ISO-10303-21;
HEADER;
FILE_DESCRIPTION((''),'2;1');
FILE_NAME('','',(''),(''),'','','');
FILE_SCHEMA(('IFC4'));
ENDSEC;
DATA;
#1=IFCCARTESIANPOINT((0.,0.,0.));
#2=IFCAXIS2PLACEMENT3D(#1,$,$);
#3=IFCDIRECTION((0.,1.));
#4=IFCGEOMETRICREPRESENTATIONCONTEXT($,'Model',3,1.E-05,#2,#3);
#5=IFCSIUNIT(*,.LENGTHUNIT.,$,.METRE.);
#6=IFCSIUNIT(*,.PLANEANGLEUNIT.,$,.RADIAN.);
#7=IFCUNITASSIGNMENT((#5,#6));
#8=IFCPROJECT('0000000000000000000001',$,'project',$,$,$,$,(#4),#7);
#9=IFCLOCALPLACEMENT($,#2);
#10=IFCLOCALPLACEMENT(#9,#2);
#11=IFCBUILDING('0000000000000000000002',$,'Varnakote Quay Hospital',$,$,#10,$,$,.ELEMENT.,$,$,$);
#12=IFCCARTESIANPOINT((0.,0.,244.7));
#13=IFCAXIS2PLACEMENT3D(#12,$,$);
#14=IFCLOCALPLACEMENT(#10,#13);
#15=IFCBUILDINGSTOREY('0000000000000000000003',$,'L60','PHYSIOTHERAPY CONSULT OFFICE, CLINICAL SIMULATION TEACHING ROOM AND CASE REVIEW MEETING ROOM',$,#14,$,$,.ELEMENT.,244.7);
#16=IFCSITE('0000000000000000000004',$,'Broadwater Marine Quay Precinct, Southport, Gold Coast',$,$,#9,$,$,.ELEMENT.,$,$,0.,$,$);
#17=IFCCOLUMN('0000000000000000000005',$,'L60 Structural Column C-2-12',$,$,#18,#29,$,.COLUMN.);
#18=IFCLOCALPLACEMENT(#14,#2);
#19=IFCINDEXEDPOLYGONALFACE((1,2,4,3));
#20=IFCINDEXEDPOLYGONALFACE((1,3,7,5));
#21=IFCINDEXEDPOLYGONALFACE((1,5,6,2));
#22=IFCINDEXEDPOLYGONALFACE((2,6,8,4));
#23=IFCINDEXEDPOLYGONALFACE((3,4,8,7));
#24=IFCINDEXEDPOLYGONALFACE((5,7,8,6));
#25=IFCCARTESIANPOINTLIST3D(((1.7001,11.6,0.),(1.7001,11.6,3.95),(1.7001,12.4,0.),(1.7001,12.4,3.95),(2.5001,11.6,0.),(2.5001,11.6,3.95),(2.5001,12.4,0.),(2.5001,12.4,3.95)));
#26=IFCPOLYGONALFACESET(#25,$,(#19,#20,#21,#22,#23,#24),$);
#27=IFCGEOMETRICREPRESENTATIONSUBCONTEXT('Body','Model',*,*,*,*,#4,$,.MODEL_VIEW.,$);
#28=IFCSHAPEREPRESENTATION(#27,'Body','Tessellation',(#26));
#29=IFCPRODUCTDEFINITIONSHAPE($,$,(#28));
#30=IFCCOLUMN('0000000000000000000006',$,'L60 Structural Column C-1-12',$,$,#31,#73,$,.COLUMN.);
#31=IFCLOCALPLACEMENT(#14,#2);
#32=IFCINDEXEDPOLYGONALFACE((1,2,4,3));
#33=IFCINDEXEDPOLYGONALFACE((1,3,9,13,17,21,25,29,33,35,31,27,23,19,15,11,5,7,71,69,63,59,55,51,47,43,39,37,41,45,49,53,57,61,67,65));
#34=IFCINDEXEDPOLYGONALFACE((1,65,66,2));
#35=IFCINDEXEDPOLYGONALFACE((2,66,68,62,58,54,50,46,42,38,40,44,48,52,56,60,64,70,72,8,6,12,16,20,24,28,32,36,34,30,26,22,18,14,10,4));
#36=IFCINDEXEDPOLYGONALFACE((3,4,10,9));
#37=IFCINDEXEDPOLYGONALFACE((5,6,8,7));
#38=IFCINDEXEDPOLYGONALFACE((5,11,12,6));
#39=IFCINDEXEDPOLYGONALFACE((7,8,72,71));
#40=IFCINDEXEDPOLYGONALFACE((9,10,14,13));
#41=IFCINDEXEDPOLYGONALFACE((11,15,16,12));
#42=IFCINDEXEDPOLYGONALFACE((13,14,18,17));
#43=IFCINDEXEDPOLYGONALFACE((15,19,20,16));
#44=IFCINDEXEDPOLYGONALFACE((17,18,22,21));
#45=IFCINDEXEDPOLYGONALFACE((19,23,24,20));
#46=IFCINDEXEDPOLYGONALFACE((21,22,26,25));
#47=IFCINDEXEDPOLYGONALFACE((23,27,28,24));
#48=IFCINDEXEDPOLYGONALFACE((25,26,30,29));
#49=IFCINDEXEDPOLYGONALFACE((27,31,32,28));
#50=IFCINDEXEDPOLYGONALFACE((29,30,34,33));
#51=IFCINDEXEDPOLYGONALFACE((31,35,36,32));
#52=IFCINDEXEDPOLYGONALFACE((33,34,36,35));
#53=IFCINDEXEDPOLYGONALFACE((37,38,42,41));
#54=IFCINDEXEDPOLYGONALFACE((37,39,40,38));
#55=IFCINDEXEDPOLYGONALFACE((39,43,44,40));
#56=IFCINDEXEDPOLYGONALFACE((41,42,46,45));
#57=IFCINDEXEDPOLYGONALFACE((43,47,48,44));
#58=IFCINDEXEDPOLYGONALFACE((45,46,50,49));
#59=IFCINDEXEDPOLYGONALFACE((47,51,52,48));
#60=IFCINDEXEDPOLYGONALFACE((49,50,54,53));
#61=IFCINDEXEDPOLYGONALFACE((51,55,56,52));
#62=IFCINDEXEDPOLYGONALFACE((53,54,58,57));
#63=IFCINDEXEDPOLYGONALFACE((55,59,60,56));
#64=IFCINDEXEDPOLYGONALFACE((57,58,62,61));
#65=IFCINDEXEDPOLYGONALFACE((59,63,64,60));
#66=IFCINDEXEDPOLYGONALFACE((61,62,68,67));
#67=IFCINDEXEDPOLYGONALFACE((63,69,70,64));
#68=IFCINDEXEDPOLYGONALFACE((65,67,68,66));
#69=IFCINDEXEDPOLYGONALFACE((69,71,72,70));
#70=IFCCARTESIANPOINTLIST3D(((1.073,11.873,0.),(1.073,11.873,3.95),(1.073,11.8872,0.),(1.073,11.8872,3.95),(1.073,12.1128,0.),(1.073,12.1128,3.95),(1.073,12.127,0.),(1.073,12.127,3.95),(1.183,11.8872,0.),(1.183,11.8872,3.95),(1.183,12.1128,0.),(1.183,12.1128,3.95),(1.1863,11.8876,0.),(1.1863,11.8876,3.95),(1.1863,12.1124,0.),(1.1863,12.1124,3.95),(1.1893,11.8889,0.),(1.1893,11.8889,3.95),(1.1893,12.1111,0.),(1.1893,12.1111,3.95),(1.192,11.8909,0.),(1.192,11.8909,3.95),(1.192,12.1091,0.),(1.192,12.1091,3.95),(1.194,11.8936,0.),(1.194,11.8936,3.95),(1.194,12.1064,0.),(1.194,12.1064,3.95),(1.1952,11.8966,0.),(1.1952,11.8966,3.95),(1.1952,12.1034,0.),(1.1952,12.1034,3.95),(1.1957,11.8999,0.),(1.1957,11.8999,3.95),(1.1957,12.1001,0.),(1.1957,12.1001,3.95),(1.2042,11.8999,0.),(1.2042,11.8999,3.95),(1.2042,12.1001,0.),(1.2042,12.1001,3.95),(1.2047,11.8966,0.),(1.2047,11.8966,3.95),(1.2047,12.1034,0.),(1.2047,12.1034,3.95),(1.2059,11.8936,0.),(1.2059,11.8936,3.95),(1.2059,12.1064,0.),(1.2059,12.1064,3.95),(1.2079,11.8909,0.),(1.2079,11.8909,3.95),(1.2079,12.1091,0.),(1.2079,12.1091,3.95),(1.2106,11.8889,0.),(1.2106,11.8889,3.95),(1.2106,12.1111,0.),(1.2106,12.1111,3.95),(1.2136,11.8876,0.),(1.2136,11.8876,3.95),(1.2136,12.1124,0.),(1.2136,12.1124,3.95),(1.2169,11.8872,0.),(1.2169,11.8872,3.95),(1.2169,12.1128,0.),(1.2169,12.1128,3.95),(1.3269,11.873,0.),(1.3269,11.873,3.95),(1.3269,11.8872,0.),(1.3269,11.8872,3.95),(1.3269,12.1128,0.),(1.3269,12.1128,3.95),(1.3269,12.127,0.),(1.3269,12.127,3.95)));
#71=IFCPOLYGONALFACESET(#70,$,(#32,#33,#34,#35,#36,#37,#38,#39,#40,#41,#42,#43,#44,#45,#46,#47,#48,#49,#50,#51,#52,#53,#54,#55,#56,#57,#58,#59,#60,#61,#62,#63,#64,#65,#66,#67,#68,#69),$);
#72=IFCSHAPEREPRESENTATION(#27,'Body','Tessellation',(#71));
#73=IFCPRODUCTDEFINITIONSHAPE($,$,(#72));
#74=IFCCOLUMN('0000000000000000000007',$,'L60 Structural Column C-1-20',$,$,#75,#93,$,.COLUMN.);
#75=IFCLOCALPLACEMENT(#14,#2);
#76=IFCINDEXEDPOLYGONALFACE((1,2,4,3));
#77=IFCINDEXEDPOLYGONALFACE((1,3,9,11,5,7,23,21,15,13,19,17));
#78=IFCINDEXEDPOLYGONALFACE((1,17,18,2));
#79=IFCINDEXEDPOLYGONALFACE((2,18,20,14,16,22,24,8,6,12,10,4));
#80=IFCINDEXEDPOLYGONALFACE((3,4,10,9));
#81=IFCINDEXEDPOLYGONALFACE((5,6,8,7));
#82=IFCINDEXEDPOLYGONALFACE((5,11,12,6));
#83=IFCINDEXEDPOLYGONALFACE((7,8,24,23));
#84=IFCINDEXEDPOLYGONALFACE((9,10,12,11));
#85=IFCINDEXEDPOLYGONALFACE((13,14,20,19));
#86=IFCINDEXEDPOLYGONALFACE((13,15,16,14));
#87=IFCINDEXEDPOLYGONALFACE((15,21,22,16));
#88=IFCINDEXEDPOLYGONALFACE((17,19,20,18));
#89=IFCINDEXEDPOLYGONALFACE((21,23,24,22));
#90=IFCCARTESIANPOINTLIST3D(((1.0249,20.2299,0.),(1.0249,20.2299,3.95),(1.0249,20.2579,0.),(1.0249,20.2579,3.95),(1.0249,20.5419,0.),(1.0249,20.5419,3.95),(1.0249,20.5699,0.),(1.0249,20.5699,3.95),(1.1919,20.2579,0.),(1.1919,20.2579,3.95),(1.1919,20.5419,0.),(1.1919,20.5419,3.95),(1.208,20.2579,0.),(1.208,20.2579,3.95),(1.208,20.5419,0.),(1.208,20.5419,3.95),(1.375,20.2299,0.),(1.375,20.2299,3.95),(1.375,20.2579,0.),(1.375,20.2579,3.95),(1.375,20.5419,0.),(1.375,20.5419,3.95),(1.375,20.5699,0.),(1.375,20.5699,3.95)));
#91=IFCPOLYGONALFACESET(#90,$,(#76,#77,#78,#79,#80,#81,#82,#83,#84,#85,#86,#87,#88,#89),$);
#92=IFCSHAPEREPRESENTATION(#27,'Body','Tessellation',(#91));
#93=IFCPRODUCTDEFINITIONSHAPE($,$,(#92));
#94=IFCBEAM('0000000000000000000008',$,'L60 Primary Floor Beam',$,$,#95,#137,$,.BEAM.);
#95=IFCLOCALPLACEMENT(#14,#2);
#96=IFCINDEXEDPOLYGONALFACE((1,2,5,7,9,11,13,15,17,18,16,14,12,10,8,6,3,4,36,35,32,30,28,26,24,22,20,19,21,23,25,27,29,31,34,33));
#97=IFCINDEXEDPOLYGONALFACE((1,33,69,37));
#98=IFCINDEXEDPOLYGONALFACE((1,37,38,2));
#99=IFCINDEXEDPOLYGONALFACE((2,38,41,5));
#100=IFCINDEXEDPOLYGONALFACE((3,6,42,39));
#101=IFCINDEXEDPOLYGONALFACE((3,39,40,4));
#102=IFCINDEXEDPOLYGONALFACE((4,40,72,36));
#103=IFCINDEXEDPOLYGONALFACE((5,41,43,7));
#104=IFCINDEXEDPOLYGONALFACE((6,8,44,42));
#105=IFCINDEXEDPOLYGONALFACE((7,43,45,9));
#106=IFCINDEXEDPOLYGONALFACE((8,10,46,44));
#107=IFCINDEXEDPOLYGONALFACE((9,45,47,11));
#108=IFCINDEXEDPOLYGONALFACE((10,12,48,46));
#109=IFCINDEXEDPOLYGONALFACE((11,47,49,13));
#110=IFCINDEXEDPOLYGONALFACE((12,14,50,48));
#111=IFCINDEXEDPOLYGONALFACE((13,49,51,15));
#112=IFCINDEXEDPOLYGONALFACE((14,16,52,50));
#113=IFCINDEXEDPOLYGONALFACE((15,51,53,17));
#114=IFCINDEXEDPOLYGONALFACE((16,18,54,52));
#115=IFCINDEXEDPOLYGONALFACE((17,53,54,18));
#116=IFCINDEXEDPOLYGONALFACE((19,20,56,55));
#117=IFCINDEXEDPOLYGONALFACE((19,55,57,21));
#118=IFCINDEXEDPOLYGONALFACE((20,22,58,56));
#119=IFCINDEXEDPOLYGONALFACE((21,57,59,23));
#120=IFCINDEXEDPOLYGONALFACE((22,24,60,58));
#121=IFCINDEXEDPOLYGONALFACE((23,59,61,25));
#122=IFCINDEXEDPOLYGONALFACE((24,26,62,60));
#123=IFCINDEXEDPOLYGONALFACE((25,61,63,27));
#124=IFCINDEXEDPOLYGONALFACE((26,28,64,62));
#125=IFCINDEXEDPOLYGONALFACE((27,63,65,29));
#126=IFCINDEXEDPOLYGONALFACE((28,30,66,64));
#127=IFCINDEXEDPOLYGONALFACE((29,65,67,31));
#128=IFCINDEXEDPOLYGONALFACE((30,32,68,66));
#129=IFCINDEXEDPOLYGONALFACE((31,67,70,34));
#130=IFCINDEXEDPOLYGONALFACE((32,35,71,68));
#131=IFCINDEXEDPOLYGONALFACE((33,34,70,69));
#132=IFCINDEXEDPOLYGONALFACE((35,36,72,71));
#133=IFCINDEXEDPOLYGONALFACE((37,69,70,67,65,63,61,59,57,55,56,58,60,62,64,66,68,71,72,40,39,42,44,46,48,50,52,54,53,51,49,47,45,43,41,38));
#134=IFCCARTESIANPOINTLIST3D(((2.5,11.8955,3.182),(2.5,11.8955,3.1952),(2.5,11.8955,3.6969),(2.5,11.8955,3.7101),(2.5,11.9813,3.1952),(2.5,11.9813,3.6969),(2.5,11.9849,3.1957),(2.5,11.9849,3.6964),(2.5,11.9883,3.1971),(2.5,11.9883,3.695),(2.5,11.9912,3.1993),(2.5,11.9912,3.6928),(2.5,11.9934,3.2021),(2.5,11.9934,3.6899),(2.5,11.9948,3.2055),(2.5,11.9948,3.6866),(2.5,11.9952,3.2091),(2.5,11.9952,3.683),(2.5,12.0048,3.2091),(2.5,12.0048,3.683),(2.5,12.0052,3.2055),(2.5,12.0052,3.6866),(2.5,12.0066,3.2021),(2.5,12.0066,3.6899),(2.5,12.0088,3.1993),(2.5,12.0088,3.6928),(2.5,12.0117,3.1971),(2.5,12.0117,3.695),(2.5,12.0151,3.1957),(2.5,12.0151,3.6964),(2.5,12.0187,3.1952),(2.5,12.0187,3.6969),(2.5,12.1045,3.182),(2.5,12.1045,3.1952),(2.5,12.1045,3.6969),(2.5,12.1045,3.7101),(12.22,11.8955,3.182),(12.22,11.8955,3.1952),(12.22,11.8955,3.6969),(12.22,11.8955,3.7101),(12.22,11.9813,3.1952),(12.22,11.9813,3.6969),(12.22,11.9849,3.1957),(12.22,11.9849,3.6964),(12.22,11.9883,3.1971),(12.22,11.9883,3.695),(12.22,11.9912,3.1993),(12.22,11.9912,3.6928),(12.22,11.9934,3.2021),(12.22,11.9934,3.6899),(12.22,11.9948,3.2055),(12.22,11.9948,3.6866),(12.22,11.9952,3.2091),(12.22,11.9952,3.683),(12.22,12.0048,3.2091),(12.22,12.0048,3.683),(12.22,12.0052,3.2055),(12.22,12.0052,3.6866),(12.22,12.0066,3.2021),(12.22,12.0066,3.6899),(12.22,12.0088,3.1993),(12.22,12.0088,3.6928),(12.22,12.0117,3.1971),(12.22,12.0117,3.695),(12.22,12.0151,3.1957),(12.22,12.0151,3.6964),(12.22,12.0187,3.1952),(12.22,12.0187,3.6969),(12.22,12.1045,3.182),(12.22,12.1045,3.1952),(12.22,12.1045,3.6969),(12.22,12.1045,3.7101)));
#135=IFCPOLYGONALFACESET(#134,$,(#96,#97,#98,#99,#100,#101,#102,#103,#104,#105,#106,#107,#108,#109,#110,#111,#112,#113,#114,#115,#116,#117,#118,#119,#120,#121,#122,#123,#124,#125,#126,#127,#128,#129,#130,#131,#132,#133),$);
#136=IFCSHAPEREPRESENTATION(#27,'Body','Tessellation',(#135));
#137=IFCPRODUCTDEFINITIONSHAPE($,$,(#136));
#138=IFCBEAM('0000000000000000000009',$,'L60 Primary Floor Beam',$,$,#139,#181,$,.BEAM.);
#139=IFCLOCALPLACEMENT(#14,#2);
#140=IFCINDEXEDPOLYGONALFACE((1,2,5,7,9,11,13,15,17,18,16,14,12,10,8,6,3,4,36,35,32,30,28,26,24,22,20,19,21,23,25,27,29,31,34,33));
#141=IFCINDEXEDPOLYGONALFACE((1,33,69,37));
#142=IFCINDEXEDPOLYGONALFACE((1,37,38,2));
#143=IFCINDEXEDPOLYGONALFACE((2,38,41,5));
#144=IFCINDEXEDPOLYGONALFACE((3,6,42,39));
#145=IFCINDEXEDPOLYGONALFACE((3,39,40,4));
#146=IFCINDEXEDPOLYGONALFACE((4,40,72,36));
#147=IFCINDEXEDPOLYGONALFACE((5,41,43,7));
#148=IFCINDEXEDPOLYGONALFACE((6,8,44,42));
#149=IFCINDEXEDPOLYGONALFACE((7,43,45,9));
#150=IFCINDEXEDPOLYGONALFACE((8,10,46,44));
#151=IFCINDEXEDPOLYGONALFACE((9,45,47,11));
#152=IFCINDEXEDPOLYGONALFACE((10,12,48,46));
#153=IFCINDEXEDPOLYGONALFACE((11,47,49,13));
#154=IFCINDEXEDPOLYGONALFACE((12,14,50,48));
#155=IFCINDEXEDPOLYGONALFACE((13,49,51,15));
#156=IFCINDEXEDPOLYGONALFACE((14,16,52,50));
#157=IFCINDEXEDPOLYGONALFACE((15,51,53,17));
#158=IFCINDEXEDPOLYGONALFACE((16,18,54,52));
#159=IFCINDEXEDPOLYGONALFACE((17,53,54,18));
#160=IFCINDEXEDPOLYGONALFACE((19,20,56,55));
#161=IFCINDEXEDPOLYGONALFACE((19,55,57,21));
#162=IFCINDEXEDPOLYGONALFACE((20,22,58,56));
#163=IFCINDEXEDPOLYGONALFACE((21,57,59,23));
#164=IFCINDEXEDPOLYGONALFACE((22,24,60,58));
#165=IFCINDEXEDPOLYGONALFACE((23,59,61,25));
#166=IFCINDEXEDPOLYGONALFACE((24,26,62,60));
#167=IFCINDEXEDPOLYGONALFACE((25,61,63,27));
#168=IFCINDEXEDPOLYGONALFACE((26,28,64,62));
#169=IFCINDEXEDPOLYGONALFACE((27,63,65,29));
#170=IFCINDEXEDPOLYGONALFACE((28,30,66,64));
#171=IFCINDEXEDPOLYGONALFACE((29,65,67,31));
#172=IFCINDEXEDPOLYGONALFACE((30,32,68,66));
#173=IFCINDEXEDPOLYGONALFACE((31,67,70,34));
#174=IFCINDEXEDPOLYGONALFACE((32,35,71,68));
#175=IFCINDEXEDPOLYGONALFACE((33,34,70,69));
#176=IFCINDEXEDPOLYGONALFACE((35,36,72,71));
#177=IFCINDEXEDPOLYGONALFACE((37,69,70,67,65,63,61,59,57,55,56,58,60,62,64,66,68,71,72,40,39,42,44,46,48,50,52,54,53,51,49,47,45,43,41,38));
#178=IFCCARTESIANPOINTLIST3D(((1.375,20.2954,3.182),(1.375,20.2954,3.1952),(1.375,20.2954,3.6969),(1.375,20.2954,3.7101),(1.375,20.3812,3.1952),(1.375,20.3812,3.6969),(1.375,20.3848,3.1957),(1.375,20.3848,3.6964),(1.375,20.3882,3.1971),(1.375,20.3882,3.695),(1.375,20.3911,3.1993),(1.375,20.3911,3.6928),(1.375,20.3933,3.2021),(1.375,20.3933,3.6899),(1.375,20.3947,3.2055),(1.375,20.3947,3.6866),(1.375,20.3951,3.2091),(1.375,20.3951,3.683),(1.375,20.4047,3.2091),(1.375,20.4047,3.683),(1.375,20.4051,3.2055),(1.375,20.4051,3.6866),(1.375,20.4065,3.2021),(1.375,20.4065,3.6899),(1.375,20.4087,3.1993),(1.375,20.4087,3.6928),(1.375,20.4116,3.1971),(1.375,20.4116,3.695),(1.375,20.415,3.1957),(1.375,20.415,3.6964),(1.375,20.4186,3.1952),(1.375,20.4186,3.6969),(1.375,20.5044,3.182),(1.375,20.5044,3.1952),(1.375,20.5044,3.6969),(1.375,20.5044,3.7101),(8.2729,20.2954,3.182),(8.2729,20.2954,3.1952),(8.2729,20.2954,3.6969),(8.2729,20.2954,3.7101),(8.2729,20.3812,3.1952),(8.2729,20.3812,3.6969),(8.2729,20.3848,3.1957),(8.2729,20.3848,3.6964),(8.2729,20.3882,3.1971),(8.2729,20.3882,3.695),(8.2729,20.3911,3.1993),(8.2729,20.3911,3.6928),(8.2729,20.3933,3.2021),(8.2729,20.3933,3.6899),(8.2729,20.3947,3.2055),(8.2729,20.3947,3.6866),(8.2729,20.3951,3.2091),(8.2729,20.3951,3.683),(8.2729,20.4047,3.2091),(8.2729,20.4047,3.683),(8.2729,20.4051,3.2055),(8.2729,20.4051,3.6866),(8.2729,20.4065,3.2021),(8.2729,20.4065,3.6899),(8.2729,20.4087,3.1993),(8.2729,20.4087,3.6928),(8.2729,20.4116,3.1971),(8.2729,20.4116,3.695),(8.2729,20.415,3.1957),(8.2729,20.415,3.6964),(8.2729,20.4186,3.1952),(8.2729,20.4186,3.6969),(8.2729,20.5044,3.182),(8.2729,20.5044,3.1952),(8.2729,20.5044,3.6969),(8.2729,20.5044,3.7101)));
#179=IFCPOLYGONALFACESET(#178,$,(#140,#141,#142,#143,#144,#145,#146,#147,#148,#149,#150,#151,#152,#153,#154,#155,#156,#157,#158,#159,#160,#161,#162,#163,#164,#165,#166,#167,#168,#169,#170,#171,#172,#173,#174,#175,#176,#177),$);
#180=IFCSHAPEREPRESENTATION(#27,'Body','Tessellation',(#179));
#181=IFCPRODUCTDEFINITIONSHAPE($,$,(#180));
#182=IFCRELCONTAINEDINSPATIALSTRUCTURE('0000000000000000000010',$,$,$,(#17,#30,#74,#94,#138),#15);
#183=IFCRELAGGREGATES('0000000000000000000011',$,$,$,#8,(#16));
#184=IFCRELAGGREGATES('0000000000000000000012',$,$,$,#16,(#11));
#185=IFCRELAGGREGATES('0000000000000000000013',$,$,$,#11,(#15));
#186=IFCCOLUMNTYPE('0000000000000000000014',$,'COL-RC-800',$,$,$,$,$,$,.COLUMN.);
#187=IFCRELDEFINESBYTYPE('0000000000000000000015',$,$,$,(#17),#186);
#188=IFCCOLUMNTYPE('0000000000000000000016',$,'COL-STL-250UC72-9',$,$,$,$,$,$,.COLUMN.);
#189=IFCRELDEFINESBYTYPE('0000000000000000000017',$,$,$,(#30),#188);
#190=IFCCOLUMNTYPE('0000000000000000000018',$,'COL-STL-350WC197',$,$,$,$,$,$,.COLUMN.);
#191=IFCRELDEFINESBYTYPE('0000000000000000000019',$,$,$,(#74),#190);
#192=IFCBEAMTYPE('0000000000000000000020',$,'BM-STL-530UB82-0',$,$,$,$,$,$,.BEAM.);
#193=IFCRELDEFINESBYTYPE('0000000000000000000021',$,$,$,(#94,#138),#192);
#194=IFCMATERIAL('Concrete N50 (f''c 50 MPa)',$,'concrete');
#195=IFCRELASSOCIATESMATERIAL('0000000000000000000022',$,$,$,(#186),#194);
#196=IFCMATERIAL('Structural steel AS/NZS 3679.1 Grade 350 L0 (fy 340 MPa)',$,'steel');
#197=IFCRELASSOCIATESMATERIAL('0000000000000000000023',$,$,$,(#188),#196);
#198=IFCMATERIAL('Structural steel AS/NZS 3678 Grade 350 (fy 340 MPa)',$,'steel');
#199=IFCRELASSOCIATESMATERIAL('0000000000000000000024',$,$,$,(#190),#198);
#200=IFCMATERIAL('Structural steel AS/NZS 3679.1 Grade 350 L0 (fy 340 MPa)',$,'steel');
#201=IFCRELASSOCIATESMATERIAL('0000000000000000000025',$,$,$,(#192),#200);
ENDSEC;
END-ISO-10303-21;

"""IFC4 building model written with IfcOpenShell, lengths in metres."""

from ifc_helpers import new_model, si_unit, direction, frame, origin, origin_2d, place, context, subcontext, project, spatial, rectangle, i_section, extrude, material, material_profile, profile_set, type_object, element, save


model = new_model("IFC4")

# Units and contexts
model_context = context("Model", 3, precision=1e-05, world=origin(), true_north=direction((0.0, 1.0)))
body_context = subcontext(model_context, "Body", "Model", "MODEL_VIEW")
ifc_project = project(units=[si_unit("LENGTHUNIT", "METRE"), si_unit("PLANEANGLEUNIT", "RADIAN")], contexts=[model_context])

# Site, building, storey
site_placement = place(None, origin())
site = spatial("IfcSite", under=ifc_project, at=site_placement, Name="Broadwater Marine Quay Precinct, Southport, Gold Coast", CompositionType="ELEMENT", RefElevation=0.0)
building_placement = place(site_placement, origin())
building = spatial("IfcBuilding", under=site, at=building_placement, Name="Varnakote Quay Hospital", CompositionType="ELEMENT")
storey_placement = place(building_placement, frame((0.0, 0.0, 244.7)))
storey = spatial("IfcBuildingStorey", under=building, at=storey_placement, Name="L60", Description="PHYSIOTHERAPY CONSULT OFFICE, CLINICAL SIMULATION TEACHING ROOM AND CASE REVIEW MEETING ROOM", CompositionType="ELEMENT", Elevation=244.7)

# Columns
ifc_material_1 = material(Name="Concrete N50 (f'c 50 MPa)", Category="concrete")
ifc_material_profile_1 = material_profile(ifc_material_1, rectangle(XDim=0.8, YDim=0.8, at=origin_2d()), Name="RC-COL-800x800")
ifc_profile_set_1 = profile_set([ifc_material_profile_1], Name="Concrete N50 (f'c 50 MPa)")
column_type_1 = type_object("IfcColumnType", Name="COL-RC-800", PredefinedType="COLUMN", material=ifc_profile_set_1)
column_1_placement = place(storey_placement, frame((2.1001, 12.0, 0.0), z_axis=(0.0, 0.0, 1.0), x_axis=(1.0, 0.0, 0.0)))
element("IfcColumn", 1, at=column_1_placement, inside=storey, type_object=column_type_1, Name="L60 Structural Column C-2-12", PredefinedType="COLUMN", context=body_context, shape_type="SweptSolid", body=[
    extrude(rectangle(XDim=0.8, YDim=0.8, at=origin_2d()), origin(), (0.0, 0.0, 1.0), 3.95),
])
ifc_material_2 = material(Name="Structural steel AS/NZS 3679.1 Grade 350 L0 (fy 340 MPa)", Category="steel")
ifc_material_profile_2 = material_profile(ifc_material_2, i_section(OverallWidth=0.2539, OverallDepth=0.2539, WebThickness=0.0085, FlangeThickness=0.0142, FilletRadius=0.0127, at=origin_2d()), Name="250UC72.9")
ifc_profile_set_2 = profile_set([ifc_material_profile_2], Name="Structural steel AS/NZS 3679.1 Grade 350 L0 (fy 340 MPa)")
column_type_2 = type_object("IfcColumnType", Name="COL-STL-250UC72-9", PredefinedType="COLUMN", material=ifc_profile_set_2)
column_2_placement = place(storey_placement, frame((1.2, 12.0, 0.0), z_axis=(0.0, 0.0, 1.0), x_axis=(1.0, 0.0, 0.0)))
element("IfcColumn", 2, at=column_2_placement, inside=storey, type_object=column_type_2, Name="L60 Structural Column C-1-12", PredefinedType="COLUMN", context=body_context, shape_type="SweptSolid", body=[
    extrude(i_section(OverallWidth=0.2539, OverallDepth=0.2539, WebThickness=0.0085, FlangeThickness=0.0142, FilletRadius=0.0127, at=origin_2d()), origin(), (0.0, 0.0, 1.0), 3.95),
])
ifc_material_3 = material(Name="Structural steel AS/NZS 3678 Grade 350 (fy 340 MPa)", Category="steel")
ifc_material_profile_3 = material_profile(ifc_material_3, i_section(OverallWidth=0.3501, OverallDepth=0.3401, WebThickness=0.0161, FlangeThickness=0.0281, at=origin_2d()), Name="350WC197")
ifc_profile_set_3 = profile_set([ifc_material_profile_3], Name="Structural steel AS/NZS 3678 Grade 350 (fy 340 MPa)")
column_type_3 = type_object("IfcColumnType", Name="COL-STL-350WC197", PredefinedType="COLUMN", material=ifc_profile_set_3)
column_3_placement = place(storey_placement, frame((1.2, 20.3999, 0.0), z_axis=(0.0, 0.0, 1.0), x_axis=(1.0, 0.0, 0.0)))
element("IfcColumn", 3, at=column_3_placement, inside=storey, type_object=column_type_3, Name="L60 Structural Column C-1-20", PredefinedType="COLUMN", context=body_context, shape_type="SweptSolid", body=[
    extrude(i_section(OverallWidth=0.3501, OverallDepth=0.3401, WebThickness=0.0161, FlangeThickness=0.0281, at=origin_2d()), origin(), (0.0, 0.0, 1.0), 3.95),
])

# Beams
ifc_material_4 = material(Name="Structural steel AS/NZS 3679.1 Grade 350 L0 (fy 340 MPa)", Category="steel")
ifc_material_profile_4 = material_profile(ifc_material_4, i_section(OverallWidth=0.209, OverallDepth=0.5281, WebThickness=0.0095, FlangeThickness=0.0132, FilletRadius=0.0139, at=origin_2d()), Name="530UB82.0")
ifc_profile_set_4 = profile_set([ifc_material_profile_4], Name="Structural steel AS/NZS 3679.1 Grade 350 L0 (fy 340 MPa)")
beam_type_1 = type_object("IfcBeamType", Name="BM-STL-530UB82-0", PredefinedType="BEAM", material=ifc_profile_set_4)
beam_1_placement = place(storey_placement, frame((2.5, 12.0, 3.446), z_axis=(1.0, 0.0, 0.0), x_axis=(0.0, 1.0, 0.0)))
element("IfcBeam", 4, at=beam_1_placement, inside=storey, type_object=beam_type_1, Name="L60 Primary Floor Beam", PredefinedType="BEAM", context=body_context, shape_type="SweptSolid", body=[
    extrude(i_section(OverallWidth=0.209, OverallDepth=0.5281, WebThickness=0.0095, FlangeThickness=0.0132, FilletRadius=0.0139, at=origin_2d()), origin(), (0.0, 0.0, 1.0), 9.72),
])
beam_2_placement = place(storey_placement, frame((1.375, 20.3999, 3.446), z_axis=(1.0, 0.0, 0.0), x_axis=(0.0, 1.0, 0.0)))
element("IfcBeam", 5, at=beam_2_placement, inside=storey, type_object=beam_type_1, Name="L60 Primary Floor Beam", PredefinedType="BEAM", context=body_context, shape_type="SweptSolid", body=[
    extrude(i_section(OverallWidth=0.209, OverallDepth=0.5281, WebThickness=0.0095, FlangeThickness=0.0132, FilletRadius=0.0139, at=origin_2d()), origin(), (0.0, 0.0, 1.0), 6.8979),
])

save(model, "model.ifc")
